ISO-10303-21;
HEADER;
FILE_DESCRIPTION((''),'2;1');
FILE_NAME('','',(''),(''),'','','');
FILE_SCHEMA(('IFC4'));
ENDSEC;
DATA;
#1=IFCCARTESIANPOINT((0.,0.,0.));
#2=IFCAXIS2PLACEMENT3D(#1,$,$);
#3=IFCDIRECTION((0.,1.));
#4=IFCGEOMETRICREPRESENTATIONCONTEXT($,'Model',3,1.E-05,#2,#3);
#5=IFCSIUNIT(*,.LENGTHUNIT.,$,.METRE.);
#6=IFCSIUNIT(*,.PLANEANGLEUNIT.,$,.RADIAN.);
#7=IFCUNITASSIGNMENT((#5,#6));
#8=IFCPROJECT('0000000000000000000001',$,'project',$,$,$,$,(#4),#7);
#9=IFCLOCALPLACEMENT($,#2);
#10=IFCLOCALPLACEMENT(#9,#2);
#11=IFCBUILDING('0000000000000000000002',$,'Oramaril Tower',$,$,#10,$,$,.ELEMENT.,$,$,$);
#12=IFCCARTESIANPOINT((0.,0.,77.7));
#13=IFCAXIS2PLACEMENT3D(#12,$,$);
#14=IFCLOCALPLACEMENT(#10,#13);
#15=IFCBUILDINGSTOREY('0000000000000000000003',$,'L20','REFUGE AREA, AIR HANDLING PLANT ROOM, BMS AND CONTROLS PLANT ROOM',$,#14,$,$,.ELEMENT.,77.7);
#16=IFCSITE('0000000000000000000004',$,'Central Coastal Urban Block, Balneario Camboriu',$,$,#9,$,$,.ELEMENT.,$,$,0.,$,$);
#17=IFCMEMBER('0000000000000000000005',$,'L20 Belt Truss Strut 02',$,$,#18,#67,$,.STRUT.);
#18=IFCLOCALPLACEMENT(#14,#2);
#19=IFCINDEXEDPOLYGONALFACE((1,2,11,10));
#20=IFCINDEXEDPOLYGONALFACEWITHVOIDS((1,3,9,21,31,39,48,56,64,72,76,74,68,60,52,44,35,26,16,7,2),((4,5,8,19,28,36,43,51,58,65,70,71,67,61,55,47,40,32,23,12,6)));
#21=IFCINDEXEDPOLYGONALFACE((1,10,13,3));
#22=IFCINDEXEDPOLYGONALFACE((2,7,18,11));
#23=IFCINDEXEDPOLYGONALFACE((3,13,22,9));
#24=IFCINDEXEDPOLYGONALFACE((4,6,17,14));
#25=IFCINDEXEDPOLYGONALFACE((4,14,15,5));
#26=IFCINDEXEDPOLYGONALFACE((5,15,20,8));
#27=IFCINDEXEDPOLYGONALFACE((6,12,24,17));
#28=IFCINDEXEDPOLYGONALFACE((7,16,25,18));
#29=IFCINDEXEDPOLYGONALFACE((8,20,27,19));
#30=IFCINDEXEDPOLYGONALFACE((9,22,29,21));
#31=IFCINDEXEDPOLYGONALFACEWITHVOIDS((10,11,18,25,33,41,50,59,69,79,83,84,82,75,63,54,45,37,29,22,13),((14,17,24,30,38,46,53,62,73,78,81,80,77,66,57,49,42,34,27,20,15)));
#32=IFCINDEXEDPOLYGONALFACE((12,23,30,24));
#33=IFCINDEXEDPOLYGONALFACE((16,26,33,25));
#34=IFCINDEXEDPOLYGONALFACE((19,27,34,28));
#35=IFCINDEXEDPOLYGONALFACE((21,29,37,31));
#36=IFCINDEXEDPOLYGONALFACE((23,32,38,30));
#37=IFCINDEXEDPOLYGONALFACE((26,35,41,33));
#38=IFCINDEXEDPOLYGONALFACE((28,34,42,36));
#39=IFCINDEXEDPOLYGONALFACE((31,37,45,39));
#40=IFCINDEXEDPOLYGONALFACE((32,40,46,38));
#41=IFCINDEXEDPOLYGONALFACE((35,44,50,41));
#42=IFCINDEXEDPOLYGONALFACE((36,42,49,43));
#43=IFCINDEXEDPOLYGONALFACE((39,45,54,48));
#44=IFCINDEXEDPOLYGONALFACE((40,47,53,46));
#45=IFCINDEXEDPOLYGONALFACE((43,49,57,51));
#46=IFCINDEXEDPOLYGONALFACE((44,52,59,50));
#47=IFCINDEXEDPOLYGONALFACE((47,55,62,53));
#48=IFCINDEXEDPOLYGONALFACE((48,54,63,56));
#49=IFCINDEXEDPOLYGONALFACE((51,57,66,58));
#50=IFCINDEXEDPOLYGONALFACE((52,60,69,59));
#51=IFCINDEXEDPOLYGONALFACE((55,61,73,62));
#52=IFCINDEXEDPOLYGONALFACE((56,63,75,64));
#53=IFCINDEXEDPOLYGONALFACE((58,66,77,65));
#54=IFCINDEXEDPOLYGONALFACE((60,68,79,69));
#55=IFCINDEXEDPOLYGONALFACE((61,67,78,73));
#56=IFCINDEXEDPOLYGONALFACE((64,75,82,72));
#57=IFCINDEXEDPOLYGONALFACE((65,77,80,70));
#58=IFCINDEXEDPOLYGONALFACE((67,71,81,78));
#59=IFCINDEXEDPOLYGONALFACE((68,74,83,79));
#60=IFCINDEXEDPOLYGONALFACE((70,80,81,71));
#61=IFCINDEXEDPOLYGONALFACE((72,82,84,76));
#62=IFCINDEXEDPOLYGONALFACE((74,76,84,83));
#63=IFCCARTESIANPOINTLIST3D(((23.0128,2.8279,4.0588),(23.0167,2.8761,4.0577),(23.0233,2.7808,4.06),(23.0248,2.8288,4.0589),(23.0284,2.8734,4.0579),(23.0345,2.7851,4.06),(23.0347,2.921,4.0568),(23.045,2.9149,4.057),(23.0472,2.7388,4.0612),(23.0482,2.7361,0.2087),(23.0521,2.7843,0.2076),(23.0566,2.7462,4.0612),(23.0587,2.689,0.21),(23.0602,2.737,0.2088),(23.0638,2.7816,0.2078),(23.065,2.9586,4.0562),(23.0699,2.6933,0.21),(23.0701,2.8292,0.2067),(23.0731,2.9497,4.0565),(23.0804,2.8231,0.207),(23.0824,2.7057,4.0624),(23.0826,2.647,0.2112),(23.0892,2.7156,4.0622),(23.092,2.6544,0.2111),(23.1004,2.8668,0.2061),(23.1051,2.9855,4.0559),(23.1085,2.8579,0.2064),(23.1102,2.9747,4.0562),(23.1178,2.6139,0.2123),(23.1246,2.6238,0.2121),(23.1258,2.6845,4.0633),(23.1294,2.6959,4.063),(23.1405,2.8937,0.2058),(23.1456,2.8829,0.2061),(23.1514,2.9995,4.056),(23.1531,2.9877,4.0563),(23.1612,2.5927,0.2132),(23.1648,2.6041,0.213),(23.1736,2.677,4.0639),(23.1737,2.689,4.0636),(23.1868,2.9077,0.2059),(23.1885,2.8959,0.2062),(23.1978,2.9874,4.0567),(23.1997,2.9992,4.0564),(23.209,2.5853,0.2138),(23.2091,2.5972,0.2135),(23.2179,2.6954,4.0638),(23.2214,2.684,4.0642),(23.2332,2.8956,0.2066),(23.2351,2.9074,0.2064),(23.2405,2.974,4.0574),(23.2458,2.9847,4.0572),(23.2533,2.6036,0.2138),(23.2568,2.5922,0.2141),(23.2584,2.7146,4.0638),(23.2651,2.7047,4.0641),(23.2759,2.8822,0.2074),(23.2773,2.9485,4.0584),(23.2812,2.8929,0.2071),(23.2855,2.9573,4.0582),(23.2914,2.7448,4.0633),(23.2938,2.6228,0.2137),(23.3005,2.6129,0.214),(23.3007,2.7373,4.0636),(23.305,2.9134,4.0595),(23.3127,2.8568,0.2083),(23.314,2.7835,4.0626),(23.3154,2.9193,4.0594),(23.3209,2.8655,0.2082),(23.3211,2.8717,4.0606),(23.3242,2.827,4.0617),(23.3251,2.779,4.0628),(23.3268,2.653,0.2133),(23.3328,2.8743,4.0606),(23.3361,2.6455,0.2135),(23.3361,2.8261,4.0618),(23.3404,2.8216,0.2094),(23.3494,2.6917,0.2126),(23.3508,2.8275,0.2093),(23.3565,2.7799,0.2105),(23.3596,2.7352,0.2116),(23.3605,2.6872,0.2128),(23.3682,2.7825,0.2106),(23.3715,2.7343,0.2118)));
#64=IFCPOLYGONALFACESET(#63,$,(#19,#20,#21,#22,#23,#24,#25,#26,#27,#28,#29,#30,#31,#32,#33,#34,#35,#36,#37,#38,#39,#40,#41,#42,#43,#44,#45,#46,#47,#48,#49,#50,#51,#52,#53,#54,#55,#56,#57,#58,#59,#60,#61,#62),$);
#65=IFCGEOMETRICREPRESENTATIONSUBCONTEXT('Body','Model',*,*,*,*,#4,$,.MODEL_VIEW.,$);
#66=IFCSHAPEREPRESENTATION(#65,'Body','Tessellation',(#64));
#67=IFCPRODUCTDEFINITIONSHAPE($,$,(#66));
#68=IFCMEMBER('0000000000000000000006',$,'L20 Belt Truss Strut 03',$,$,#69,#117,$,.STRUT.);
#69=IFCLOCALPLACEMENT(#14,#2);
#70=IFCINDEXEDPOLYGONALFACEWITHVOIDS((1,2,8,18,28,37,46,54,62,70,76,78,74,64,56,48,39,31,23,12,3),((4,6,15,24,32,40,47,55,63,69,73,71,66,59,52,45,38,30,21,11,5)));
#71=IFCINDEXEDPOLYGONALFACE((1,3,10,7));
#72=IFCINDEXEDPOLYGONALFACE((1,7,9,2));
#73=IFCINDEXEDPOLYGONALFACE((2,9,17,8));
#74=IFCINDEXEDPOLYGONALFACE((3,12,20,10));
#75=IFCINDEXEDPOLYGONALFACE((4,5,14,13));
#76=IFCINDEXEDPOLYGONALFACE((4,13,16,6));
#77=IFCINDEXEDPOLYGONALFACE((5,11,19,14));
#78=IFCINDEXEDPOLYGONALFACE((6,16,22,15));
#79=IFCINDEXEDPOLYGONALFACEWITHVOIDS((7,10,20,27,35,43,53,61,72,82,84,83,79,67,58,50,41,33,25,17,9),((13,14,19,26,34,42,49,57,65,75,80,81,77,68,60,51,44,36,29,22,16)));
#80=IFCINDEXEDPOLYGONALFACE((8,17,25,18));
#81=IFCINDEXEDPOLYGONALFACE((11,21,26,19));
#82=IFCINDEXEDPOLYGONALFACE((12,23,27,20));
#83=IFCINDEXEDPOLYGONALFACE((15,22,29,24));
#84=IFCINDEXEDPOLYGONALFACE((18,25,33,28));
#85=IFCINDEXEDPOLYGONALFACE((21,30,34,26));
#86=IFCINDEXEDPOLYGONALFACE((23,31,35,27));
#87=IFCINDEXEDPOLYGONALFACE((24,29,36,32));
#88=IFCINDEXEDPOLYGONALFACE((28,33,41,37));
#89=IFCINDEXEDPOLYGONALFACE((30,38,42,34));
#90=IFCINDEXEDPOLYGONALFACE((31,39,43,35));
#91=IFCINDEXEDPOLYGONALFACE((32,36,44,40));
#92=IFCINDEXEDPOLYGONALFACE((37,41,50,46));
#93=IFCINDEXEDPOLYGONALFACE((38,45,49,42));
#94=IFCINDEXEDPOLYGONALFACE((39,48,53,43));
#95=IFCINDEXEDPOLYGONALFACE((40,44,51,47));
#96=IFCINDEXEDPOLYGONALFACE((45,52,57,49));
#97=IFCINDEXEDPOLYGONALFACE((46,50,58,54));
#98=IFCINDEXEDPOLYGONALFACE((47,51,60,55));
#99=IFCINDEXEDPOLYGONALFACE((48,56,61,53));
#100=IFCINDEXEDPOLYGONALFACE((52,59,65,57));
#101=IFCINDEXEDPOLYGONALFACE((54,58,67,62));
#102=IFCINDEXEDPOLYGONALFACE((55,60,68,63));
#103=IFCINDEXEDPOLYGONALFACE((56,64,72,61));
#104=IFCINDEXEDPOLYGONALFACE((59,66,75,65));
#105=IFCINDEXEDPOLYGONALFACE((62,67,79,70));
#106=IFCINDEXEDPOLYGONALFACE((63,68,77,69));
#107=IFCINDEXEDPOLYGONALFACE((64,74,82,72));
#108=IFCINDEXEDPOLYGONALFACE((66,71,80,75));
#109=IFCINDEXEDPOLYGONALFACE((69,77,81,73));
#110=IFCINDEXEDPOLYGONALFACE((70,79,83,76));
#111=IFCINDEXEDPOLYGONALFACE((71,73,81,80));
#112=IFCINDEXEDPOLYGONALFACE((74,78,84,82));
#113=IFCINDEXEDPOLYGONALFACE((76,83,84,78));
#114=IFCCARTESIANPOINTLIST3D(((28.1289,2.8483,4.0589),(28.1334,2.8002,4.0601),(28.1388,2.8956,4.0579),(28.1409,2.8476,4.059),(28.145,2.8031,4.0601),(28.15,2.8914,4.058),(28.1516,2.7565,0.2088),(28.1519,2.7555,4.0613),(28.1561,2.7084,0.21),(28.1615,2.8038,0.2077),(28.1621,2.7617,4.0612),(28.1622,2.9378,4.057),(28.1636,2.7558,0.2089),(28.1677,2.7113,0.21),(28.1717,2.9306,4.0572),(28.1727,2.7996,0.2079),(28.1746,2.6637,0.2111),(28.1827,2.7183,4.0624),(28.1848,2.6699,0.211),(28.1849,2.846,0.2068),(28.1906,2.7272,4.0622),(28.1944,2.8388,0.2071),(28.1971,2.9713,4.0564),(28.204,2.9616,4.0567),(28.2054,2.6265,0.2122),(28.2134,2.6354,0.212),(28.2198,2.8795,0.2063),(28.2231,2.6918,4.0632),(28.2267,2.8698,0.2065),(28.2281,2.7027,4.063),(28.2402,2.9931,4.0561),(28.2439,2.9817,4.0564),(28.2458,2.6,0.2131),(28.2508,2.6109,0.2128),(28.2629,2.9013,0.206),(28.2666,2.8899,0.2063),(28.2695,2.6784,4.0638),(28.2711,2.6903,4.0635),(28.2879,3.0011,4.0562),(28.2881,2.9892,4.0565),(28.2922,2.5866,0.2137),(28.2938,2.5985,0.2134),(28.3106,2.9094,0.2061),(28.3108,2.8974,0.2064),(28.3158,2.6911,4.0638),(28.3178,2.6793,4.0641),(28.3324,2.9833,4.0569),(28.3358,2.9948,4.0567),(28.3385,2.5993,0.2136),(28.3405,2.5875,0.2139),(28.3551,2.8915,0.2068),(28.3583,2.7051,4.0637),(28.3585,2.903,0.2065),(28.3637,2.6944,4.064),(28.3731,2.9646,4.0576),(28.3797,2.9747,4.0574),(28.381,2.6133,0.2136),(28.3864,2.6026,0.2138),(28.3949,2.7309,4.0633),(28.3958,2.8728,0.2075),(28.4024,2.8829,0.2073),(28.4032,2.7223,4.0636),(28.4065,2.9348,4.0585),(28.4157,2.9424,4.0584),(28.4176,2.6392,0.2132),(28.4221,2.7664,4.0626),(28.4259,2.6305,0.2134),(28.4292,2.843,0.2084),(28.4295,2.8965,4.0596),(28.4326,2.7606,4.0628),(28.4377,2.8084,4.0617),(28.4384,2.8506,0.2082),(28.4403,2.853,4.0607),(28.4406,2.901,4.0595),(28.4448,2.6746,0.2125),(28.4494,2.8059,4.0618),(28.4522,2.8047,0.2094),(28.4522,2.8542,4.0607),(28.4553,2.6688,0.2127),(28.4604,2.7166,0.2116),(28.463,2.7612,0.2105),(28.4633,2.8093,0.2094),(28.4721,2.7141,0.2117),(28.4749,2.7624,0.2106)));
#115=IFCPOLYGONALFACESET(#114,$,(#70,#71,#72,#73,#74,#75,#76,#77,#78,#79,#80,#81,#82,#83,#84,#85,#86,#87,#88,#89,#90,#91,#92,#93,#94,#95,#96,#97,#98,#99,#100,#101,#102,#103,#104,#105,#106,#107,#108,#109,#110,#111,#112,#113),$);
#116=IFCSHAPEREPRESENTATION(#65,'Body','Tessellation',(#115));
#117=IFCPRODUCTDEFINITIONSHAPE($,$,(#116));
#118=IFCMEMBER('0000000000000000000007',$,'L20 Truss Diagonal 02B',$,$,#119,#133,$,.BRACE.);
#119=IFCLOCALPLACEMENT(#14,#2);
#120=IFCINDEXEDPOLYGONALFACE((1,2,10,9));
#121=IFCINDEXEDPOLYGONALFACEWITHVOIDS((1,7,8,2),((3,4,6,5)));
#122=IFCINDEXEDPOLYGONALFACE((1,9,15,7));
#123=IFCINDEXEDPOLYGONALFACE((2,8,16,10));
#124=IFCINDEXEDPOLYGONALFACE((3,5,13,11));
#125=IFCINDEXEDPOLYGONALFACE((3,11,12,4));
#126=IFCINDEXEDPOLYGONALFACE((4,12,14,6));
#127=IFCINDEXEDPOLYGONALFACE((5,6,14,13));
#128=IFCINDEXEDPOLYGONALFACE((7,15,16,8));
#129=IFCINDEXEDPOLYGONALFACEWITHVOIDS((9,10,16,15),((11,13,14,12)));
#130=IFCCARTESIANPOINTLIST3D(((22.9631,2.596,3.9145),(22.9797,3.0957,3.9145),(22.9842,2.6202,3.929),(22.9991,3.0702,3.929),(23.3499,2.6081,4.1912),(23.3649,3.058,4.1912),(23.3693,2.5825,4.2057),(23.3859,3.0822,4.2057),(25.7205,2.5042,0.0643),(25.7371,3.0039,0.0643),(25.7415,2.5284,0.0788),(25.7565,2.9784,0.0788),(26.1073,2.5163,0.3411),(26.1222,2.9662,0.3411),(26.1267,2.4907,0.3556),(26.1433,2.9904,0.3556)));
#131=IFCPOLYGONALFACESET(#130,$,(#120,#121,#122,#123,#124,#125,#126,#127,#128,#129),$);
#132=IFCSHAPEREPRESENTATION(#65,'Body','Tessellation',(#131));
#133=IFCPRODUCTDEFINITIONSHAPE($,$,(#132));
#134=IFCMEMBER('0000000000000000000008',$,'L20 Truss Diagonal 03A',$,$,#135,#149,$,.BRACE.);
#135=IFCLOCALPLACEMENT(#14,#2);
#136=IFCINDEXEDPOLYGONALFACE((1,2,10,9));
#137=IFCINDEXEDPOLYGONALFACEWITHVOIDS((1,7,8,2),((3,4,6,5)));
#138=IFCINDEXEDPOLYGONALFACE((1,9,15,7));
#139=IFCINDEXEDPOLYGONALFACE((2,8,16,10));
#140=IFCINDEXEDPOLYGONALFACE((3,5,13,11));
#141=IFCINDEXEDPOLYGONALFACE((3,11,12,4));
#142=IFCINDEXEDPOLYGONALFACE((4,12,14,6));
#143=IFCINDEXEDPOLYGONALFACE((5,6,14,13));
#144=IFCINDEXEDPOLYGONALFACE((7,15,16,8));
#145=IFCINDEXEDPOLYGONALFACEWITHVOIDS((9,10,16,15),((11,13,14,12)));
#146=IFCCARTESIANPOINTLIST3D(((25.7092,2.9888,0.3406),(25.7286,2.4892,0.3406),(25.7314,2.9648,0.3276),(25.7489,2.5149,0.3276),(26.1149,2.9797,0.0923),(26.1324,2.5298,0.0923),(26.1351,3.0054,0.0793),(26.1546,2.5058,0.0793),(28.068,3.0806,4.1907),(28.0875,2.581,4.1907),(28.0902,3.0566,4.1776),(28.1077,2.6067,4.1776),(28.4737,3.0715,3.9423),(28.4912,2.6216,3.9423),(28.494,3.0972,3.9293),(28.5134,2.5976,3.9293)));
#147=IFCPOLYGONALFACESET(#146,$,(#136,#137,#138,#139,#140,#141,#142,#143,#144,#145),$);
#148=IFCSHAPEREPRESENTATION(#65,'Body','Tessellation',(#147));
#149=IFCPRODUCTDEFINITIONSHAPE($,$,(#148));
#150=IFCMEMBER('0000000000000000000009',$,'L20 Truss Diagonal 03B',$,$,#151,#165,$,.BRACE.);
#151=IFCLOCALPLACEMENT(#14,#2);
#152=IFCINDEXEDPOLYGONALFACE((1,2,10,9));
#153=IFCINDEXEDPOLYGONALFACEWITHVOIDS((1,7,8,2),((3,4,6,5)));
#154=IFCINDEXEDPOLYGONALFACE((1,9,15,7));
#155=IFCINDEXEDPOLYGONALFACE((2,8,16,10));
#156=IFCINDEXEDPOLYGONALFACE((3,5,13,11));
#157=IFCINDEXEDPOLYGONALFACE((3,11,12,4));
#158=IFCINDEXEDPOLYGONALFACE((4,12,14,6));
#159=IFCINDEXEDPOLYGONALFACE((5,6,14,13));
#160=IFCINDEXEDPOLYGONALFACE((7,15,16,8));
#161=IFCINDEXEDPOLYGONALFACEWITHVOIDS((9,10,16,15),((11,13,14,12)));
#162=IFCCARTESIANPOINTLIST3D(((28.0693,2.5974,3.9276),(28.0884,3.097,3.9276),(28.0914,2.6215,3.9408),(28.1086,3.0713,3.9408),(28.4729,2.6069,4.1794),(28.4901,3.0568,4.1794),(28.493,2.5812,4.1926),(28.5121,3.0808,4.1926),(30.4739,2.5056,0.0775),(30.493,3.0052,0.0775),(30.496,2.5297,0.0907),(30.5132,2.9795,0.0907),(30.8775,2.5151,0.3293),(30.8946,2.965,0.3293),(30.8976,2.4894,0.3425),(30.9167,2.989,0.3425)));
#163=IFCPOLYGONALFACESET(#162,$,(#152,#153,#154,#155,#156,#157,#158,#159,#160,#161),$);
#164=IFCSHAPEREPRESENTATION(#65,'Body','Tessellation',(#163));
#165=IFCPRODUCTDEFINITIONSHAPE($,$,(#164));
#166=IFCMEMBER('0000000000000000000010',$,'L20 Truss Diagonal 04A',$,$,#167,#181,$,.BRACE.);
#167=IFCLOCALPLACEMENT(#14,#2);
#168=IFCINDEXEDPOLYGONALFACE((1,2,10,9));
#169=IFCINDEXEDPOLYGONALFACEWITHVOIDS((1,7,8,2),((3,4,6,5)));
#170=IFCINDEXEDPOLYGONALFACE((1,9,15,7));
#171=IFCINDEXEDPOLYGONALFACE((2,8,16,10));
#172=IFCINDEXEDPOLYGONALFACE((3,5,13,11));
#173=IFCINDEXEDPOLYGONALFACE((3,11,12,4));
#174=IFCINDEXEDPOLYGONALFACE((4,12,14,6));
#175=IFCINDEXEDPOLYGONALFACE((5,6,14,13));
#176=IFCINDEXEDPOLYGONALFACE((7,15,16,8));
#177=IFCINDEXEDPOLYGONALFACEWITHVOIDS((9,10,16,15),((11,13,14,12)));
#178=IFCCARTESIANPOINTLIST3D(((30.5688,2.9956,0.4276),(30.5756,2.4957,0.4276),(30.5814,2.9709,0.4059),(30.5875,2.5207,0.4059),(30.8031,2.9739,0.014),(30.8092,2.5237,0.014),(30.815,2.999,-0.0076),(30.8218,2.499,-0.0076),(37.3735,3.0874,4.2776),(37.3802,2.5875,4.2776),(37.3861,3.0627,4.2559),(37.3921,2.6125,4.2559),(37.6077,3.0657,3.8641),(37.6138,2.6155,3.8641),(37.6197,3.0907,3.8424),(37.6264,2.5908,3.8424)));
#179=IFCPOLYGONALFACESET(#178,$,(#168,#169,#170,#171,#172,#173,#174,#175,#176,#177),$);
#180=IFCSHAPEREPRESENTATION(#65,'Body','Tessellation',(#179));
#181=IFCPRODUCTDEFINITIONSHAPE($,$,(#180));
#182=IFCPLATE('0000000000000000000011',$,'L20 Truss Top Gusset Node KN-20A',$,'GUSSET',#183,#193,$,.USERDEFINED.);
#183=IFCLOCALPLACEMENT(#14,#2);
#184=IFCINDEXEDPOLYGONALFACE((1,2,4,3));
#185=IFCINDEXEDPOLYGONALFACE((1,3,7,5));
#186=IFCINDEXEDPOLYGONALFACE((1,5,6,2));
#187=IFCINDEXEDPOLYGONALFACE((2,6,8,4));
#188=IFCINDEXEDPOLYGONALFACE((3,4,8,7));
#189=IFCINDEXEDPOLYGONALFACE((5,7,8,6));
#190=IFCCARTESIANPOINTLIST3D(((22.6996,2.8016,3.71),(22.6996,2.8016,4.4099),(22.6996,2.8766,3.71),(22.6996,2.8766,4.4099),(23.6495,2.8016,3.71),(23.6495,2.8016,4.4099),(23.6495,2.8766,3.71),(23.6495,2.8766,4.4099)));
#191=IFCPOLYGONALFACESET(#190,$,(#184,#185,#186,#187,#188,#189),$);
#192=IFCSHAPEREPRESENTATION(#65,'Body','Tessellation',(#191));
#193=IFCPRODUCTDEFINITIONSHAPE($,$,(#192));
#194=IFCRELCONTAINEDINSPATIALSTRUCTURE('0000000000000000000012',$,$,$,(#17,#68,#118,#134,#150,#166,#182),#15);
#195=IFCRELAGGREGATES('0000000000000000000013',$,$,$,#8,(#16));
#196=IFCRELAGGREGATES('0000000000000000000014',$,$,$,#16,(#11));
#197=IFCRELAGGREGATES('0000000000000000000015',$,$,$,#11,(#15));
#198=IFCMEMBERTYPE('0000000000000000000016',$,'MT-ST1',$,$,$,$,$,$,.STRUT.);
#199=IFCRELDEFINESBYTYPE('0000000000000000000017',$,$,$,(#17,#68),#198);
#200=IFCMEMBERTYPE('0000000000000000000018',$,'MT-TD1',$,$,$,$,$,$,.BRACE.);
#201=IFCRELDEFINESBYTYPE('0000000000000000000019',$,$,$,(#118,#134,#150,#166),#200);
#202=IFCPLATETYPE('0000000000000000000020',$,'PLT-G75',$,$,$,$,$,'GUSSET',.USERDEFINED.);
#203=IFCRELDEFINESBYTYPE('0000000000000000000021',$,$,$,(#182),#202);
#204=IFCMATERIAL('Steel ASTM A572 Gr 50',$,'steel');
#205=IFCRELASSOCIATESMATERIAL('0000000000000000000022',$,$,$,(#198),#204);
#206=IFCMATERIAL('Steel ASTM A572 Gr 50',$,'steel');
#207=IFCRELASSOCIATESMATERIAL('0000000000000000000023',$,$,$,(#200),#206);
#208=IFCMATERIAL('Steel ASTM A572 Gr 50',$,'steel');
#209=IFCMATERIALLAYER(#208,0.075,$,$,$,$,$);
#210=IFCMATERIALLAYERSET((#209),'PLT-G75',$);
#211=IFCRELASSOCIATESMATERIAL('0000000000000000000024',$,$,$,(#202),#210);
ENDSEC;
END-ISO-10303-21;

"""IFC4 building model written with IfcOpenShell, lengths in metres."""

from ifc_helpers import new_model, si_unit, direction, frame, origin, origin_2d, place, context, subcontext, project, spatial, rectangle, hollow_rectangle, hollow_circle, extrude, material, layer, layer_set, material_profile, profile_set, type_object, element, save


model = new_model("IFC4")

# Units and contexts
model_context = context("Model", 3, precision=1e-05, world=origin(), true_north=direction((0.0, 1.0)))
body_context = subcontext(model_context, "Body", "Model", "MODEL_VIEW")
ifc_project = project(units=[si_unit("LENGTHUNIT", "METRE"), si_unit("PLANEANGLEUNIT", "RADIAN")], contexts=[model_context])

# Site, building, storey
site_placement = place(None, origin())
site = spatial("IfcSite", under=ifc_project, at=site_placement, Name="Central Coastal Urban Block, Balneario Camboriu", CompositionType="ELEMENT", RefElevation=0.0)
building_placement = place(site_placement, origin())
building = spatial("IfcBuilding", under=site, at=building_placement, Name="Oramaril Tower", CompositionType="ELEMENT")
storey_placement = place(building_placement, frame((0.0, 0.0, 77.7)))
storey = spatial("IfcBuildingStorey", under=building, at=storey_placement, Name="L20", Description="REFUGE AREA, AIR HANDLING PLANT ROOM, BMS AND CONTROLS PLANT ROOM", CompositionType="ELEMENT", Elevation=77.7)

# Members
ifc_material_1 = material(Name="Steel ASTM A572 Gr 50", Category="steel")
ifc_material_profile_1 = material_profile(ifc_material_1, hollow_circle(Radius=0.1621, WallThickness=0.012, at=origin_2d()), Name="CHS324X12")
ifc_profile_set_1 = profile_set([ifc_material_profile_1], Name="Steel ASTM A572 Gr 50")
member_type_1 = type_object("IfcMemberType", Name="MT-ST1", PredefinedType="STRUT", material=ifc_profile_set_1)
for number, where, z_axis, x_axis, name in (
    (1, (23.21, 2.7473, 0.21), (-0.009192, 0.023835, 0.999674), (-0.933025, -0.35981, 0.0), "L20 Belt Truss Strut 02"),
    (2, (28.3135, 2.7473, 0.21), (-0.005895, 0.023836, 0.999699), (-0.970747, -0.240105, 0.0), "L20 Belt Truss Strut 03"),
):
    element("IfcMember", number, at=place(storey_placement, frame(where, z_axis=z_axis, x_axis=x_axis)), inside=storey, type_object=member_type_1, Name=name, PredefinedType="STRUT", context=body_context, shape_type="SweptSolid", body=[
        extrude(hollow_circle(Radius=0.1621, WallThickness=0.012, at=origin_2d()), origin(), (0.0, 0.0, 1.0), 3.8513),
    ])
ifc_material_2 = material(Name="Steel ASTM A572 Gr 50", Category="steel")
ifc_material_profile_2 = material_profile(ifc_material_2, hollow_rectangle(XDim=0.5, YDim=0.5, WallThickness=0.0249, at=origin_2d()), Name="HSS500X500X25")
ifc_profile_set_2 = profile_set([ifc_material_profile_2], Name="Steel ASTM A572 Gr 50")
member_type_2 = type_object("IfcMemberType", Name="MT-TD1", PredefinedType="BRACE", material=ifc_profile_set_2)
member_1_placement = place(storey_placement, frame((25.9319, 2.7473, 0.21), z_axis=(-0.582143, 0.019381, 0.812856), x_axis=(-0.033274, -0.999446, 0.0)))
element("IfcMember", 3, at=member_1_placement, inside=storey, type_object=member_type_2, Name="L20 Truss Diagonal 02B", PredefinedType="BRACE", context=body_context, shape_type="SweptSolid", body=[
    extrude(hollow_rectangle(XDim=0.5, YDim=0.5, WallThickness=0.0249, at=origin_2d()), origin(), (0.0, 0.0, 1.0), 4.7366),
])
member_2_placement = place(storey_placement, frame((25.9319, 2.7473, 0.21), z_axis=(0.522317, 0.020326, 0.852509), x_axis=(-0.038886, 0.999244, 0.0)))
element("IfcMember", 4, at=member_2_placement, inside=storey, type_object=member_type_2, Name="L20 Truss Diagonal 03A", PredefinedType="BRACE", context=body_context, shape_type="SweptSolid", body=[
    extrude(hollow_rectangle(XDim=0.5, YDim=0.5, WallThickness=0.0249, at=origin_2d()), origin(), (0.0, 0.0, 1.0), 4.5161),
])
member_3_placement = place(storey_placement, frame((30.6953, 2.7473, 0.21), z_axis=(-0.52961, 0.020219, 0.848), x_axis=(-0.038149, -0.999272, 0.0)))
element("IfcMember", 5, at=member_3_placement, inside=storey, type_object=member_type_2, Name="L20 Truss Diagonal 03B", PredefinedType="BRACE", context=body_context, shape_type="SweptSolid", body=[
    extrude(hollow_rectangle(XDim=0.5, YDim=0.5, WallThickness=0.0249, at=origin_2d()), origin(), (0.0, 0.0, 1.0), 4.5403),
])
member_4_placement = place(storey_placement, frame((30.6953, 2.7473, 0.21), z_axis=(0.870285, 0.01174, 0.492408), x_axis=(-0.013489, 0.999909, 0.0)))
element("IfcMember", 6, at=member_4_placement, inside=storey, type_object=member_type_2, Name="L20 Truss Diagonal 04A", PredefinedType="BRACE", context=body_context, shape_type="SweptSolid", body=[
    extrude(hollow_rectangle(XDim=0.5, YDim=0.5, WallThickness=0.0249, at=origin_2d()), origin(), (0.0, 0.0, 1.0), 7.8188),
])

# Plate
ifc_material_3 = material(Name="Steel ASTM A572 Gr 50", Category="steel")
ifc_layer_1 = layer(ifc_material_3, 0.075)
ifc_layer_set_1 = layer_set([ifc_layer_1], Name="PLT-G75")
plate_type = type_object("IfcPlateType", Name="PLT-G75", ElementType="GUSSET", PredefinedType="USERDEFINED", material=ifc_layer_set_1)
plate_1_placement = place(storey_placement, frame((23.1746, 2.8391, 3.71), z_axis=(0.0, 0.0, 1.0), x_axis=(1.0, 0.0, 0.0)))
element("IfcPlate", 7, at=plate_1_placement, inside=storey, type_object=plate_type, Name="L20 Truss Top Gusset Node KN-20A", ObjectType="GUSSET", PredefinedType="USERDEFINED", context=body_context, shape_type="SweptSolid", body=[
    extrude(rectangle(XDim=0.95, YDim=0.075, at=origin_2d()), origin(), (0.0, 0.0, 1.0), 0.7),
])

save(model, "model.ifc")
